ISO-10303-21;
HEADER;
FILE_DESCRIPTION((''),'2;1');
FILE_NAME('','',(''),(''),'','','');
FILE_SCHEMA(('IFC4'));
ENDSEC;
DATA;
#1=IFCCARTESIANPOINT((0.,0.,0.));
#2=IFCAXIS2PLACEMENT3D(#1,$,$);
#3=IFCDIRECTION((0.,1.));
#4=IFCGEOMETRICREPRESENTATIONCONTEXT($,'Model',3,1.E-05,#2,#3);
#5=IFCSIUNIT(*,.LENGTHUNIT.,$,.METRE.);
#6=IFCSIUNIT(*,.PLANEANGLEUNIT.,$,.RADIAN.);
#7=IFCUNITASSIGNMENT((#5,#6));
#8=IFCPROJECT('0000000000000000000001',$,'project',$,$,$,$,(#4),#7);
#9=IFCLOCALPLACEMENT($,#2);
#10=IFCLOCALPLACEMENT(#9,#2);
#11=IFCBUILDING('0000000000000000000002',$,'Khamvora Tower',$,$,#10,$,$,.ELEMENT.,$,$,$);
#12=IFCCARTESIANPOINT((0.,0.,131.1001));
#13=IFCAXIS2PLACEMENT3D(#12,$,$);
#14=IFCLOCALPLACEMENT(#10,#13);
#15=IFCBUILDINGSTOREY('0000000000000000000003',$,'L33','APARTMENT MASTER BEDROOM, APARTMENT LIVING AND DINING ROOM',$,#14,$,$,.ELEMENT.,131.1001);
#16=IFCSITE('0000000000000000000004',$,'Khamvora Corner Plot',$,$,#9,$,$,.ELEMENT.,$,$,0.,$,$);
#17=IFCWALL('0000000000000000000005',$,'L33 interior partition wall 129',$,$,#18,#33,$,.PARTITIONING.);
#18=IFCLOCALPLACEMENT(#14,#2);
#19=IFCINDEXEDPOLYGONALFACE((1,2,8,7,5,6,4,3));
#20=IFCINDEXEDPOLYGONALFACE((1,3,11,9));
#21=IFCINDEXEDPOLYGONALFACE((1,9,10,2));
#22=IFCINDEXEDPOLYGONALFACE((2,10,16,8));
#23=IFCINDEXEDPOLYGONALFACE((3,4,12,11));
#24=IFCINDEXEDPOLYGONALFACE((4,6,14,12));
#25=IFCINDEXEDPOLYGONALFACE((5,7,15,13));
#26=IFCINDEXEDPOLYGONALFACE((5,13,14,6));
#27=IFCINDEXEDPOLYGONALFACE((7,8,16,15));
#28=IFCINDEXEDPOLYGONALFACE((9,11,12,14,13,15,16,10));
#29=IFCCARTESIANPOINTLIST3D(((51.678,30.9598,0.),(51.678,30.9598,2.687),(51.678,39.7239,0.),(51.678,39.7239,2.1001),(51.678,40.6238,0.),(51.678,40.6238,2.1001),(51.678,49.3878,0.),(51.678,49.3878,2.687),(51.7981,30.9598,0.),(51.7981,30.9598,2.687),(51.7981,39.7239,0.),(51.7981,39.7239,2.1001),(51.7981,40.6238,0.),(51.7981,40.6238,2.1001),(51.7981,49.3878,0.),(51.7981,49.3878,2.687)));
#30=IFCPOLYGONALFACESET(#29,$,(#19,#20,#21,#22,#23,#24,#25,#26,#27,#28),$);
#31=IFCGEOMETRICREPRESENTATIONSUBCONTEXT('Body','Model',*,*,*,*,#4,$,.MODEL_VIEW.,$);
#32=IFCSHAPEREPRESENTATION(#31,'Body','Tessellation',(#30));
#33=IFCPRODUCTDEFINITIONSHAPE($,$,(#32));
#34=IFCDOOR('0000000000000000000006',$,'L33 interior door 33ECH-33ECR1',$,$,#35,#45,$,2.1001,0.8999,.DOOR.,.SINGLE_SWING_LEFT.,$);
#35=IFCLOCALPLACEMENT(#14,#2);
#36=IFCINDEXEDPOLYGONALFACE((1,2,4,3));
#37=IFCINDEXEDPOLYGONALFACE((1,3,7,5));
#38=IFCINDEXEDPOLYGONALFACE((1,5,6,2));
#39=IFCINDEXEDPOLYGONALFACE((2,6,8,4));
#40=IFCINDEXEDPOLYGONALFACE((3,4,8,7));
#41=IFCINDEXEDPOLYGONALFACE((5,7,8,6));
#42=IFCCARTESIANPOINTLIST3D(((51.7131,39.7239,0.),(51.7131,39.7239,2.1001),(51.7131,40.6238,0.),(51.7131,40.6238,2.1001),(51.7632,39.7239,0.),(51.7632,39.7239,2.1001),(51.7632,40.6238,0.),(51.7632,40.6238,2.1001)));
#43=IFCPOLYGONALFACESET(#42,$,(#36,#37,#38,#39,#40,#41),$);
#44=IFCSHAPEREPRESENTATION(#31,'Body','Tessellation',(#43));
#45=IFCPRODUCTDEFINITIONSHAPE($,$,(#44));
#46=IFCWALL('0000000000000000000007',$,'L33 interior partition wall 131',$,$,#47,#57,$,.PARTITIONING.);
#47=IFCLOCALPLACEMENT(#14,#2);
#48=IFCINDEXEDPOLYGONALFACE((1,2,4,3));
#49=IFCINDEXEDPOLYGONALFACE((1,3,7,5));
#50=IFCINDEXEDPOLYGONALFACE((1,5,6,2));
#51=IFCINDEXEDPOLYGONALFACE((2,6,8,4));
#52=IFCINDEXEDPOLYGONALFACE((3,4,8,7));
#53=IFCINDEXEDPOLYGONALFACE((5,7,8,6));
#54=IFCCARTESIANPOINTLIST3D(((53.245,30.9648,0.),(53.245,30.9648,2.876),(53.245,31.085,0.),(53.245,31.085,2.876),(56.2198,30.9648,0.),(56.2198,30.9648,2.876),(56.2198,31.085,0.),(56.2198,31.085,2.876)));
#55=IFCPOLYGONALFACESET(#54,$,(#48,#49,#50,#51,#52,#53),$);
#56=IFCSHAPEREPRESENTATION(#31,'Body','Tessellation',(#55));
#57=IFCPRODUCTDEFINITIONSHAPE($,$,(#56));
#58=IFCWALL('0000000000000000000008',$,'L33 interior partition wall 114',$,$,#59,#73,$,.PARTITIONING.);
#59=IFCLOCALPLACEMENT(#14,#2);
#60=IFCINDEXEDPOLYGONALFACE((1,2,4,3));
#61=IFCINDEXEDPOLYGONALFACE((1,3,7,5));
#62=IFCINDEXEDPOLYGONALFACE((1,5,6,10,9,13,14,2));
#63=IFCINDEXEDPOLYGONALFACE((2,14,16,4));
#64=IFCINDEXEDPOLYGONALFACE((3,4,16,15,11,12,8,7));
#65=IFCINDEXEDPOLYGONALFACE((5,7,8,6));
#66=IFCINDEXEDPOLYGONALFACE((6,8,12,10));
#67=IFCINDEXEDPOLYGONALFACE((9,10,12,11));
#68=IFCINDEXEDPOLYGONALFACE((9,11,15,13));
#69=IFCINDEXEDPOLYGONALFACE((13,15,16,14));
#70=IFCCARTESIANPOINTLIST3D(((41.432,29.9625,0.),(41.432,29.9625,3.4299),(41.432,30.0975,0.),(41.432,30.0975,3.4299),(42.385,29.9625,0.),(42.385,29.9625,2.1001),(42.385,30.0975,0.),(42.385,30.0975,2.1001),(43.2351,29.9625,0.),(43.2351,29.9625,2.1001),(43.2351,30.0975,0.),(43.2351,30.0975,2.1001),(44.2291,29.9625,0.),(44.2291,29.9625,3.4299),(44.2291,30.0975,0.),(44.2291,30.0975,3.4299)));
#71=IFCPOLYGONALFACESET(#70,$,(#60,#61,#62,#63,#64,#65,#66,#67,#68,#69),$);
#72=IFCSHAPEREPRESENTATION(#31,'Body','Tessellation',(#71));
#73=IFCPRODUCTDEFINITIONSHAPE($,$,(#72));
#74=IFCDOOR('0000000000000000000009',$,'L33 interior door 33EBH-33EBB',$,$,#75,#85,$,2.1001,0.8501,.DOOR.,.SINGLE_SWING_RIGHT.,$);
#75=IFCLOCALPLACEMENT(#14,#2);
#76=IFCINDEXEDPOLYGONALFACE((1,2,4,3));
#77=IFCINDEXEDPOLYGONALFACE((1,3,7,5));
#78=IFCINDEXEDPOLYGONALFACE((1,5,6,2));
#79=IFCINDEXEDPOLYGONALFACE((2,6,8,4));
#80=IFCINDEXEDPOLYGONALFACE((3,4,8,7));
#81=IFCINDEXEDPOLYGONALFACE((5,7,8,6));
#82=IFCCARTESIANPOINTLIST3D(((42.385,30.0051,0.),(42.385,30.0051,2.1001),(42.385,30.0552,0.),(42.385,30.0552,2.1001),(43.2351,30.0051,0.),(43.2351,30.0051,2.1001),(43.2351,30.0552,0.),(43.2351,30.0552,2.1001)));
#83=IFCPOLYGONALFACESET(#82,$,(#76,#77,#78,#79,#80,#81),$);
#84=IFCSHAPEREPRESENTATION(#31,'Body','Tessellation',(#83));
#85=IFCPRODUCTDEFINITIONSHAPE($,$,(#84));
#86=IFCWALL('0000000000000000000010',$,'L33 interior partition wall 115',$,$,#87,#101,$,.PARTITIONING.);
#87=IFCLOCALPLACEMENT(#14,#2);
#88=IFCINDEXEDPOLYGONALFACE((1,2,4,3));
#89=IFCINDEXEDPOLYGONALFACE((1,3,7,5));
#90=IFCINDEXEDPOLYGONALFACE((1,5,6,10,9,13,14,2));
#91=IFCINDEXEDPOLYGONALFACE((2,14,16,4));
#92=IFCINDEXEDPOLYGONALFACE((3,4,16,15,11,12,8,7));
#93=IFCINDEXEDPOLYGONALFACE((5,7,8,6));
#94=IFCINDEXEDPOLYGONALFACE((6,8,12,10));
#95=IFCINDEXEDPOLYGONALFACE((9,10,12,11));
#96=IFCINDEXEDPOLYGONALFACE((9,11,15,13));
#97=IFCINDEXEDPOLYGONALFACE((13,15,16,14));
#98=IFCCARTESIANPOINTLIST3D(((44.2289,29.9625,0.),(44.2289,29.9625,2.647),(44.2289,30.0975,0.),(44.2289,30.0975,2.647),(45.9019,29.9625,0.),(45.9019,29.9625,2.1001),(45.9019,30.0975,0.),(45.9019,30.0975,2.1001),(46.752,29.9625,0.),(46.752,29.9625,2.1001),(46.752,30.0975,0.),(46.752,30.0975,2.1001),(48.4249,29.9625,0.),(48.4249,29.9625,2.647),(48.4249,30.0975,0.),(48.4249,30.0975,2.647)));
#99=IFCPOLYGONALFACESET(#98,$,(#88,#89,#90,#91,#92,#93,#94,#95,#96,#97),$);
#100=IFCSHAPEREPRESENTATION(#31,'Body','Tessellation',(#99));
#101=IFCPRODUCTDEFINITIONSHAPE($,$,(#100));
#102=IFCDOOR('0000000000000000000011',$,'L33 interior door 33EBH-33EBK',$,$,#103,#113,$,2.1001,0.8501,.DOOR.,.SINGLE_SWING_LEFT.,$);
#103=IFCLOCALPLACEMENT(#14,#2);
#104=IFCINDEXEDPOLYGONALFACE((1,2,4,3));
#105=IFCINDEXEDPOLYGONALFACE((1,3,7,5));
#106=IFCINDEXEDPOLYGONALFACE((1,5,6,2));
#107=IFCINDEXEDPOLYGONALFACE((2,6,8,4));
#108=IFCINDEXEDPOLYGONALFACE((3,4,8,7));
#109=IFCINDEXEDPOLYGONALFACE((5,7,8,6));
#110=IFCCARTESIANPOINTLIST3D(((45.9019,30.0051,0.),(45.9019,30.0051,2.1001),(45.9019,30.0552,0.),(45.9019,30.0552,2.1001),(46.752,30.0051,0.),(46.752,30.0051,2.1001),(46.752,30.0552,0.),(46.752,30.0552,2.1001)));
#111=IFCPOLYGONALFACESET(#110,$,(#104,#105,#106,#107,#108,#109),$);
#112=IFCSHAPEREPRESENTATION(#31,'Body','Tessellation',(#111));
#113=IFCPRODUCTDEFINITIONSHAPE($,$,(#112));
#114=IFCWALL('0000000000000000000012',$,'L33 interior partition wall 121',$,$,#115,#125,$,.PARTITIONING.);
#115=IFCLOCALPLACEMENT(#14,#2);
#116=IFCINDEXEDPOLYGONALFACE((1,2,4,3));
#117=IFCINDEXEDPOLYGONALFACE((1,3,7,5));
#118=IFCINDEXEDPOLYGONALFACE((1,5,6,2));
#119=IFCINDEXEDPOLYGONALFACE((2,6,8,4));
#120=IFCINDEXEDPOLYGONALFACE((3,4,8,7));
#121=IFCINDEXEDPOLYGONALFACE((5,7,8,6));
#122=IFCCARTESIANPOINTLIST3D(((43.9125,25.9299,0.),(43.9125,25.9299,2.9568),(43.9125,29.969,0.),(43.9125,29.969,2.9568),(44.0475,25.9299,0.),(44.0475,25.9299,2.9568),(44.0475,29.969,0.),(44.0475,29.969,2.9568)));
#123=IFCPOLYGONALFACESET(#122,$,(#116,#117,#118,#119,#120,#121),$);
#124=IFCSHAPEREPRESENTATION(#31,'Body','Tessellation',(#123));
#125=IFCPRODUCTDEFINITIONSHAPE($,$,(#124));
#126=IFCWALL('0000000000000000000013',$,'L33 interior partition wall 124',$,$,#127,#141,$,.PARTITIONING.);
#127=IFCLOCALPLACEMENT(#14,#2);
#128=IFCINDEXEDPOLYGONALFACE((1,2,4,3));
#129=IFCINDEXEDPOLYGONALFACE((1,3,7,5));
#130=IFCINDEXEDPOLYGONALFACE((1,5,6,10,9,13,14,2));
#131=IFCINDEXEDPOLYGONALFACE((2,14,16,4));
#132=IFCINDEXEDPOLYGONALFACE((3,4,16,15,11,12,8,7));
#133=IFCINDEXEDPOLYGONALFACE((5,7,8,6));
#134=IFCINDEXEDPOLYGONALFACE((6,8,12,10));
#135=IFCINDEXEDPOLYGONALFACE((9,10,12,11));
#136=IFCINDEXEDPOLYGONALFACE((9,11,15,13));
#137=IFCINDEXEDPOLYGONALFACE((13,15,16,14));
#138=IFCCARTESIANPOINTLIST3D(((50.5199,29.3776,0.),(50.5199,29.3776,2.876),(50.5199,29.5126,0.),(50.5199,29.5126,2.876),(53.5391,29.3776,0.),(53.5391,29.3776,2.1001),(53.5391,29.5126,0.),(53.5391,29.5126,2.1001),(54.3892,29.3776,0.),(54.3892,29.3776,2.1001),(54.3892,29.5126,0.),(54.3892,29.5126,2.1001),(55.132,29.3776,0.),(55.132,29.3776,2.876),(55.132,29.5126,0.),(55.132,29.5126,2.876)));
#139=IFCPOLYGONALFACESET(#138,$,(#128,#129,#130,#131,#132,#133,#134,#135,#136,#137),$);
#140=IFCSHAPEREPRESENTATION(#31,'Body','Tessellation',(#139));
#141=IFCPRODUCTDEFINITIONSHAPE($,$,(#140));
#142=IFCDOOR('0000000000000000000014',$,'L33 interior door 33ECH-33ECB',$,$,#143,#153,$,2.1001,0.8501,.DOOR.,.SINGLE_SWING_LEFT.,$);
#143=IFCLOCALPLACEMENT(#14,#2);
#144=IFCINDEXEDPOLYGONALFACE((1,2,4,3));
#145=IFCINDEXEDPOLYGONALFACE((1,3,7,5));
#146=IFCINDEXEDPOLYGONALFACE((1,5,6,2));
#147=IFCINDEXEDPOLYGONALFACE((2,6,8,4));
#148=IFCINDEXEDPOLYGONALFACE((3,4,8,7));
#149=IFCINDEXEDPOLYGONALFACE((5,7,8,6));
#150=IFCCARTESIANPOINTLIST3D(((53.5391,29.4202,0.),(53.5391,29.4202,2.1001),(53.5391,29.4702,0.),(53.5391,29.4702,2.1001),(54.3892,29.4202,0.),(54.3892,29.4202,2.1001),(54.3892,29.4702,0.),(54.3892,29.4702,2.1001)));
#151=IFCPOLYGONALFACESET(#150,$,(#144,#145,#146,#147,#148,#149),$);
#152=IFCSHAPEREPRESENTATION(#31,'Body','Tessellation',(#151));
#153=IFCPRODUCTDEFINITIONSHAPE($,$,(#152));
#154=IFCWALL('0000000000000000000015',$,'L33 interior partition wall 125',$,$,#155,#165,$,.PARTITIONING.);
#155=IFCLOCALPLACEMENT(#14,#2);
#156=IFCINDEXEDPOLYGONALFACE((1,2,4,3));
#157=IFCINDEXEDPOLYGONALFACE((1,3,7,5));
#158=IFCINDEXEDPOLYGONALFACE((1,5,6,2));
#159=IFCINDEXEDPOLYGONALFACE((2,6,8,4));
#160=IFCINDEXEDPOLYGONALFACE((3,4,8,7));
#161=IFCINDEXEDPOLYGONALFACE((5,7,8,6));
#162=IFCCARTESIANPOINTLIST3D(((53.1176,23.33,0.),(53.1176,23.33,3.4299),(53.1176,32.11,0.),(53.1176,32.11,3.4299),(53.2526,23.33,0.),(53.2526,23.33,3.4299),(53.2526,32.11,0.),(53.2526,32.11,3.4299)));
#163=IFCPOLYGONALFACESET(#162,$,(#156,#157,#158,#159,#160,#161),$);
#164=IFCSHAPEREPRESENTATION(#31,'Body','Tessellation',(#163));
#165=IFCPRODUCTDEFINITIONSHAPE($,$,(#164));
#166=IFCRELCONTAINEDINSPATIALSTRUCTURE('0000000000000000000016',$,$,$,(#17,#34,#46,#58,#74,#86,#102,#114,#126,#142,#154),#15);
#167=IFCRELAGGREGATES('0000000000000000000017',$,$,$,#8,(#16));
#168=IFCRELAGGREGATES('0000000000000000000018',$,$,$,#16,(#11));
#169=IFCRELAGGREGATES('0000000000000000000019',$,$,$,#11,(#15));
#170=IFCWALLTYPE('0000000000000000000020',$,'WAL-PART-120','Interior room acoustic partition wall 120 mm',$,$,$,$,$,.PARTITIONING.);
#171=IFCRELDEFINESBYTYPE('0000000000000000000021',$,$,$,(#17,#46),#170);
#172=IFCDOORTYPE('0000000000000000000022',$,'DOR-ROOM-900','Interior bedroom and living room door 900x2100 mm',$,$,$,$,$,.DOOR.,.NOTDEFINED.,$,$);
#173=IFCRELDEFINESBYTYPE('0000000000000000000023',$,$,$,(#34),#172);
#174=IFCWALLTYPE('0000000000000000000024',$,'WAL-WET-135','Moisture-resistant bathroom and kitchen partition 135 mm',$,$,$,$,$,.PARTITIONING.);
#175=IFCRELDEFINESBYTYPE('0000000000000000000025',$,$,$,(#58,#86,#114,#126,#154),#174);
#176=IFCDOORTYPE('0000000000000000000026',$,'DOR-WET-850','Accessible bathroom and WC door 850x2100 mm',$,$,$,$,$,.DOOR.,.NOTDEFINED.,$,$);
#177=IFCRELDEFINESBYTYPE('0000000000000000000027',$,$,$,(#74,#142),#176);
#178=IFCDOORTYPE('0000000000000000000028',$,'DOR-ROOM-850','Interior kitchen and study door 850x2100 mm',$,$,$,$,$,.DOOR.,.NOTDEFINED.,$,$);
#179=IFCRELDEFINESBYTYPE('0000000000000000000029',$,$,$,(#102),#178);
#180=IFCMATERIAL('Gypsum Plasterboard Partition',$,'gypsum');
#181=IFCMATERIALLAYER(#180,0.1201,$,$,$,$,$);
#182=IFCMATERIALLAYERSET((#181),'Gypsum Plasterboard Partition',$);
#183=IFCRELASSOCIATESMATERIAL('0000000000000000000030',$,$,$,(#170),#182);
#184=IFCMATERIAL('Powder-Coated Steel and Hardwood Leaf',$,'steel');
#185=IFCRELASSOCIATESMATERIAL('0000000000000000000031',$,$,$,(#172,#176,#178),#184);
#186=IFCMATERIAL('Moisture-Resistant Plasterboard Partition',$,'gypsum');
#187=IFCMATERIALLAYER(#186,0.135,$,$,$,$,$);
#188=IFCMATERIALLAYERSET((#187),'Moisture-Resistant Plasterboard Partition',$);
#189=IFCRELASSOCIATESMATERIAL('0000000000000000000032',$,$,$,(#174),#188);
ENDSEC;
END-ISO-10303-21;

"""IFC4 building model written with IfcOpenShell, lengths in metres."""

from ifc_helpers import new_model, si_unit, direction, frame, frame_2d, origin, place, context, subcontext, project, spatial, rectangle, extrude, material, layer, layer_set, type_object, element, fill, save


model = new_model("IFC4")

# Units and contexts
model_context = context("Model", 3, precision=1e-05, world=origin(), true_north=direction((0.0, 1.0)))
body_context = subcontext(model_context, "Body", "Model", "MODEL_VIEW")
ifc_project = project(units=[si_unit("LENGTHUNIT", "METRE"), si_unit("PLANEANGLEUNIT", "RADIAN")], contexts=[model_context])

# Site, building, storey
site_placement = place(None, origin())
site = spatial("IfcSite", under=ifc_project, at=site_placement, Name="Khamvora Corner Plot", CompositionType="ELEMENT", RefElevation=0.0)
building_placement = place(site_placement, origin())
building = spatial("IfcBuilding", under=site, at=building_placement, Name="Khamvora Tower", CompositionType="ELEMENT")
storey_placement = place(building_placement, frame((0.0, 0.0, 131.1001)))
storey = spatial("IfcBuildingStorey", under=building, at=storey_placement, Name="L33", Description="APARTMENT MASTER BEDROOM, APARTMENT LIVING AND DINING ROOM", CompositionType="ELEMENT", Elevation=131.1001)

# Shared definitions
ifc_material_1 = material(Name="Gypsum Plasterboard Partition", Category="gypsum")
ifc_layer_1 = layer(ifc_material_1, 0.1201)
ifc_layer_set_1 = layer_set([ifc_layer_1], Name="Gypsum Plasterboard Partition")
wall_type_1 = type_object("IfcWallType", Name="WAL-PART-120", Description="Interior room acoustic partition wall 120 mm", PredefinedType="PARTITIONING", material=ifc_layer_set_1)

# Wall, opening, door
wall_1_placement = place(storey_placement, frame((51.738, 30.96, 0.0), z_axis=(0.0, 0.0, 1.0), x_axis=(0.0, 1.0, 0.0)))
wall_1 = element("IfcWall", 1, at=wall_1_placement, inside=storey, type_object=wall_type_1, Name="L33 interior partition wall 129", PredefinedType="PARTITIONING", context=body_context, shape_type="SweptSolid", body=[
    extrude(rectangle(XDim=18.428, YDim=0.1201, at=frame_2d((9.2139, 0.0))), origin(), (0.0, 0.0, 1.0), 2.687),
])
opening_1_placement = place(wall_1_placement, frame((8.7639, 0.0, 0.0)))
opening_1 = element("IfcOpeningElement", 2, at=opening_1_placement, cuts=wall_1, PredefinedType="OPENING", context=body_context, shape_type="SweptSolid", body=[
    extrude(rectangle(XDim=0.8999, YDim=2.1001, at=frame_2d((0.45, 1.05))), frame((0.0, 0.0701, 0.0), z_axis=(0.0, -1.0, 0.0), x_axis=(1.0, 0.0, 0.0)), (0.0, 0.0, 1.0), 0.1401),
])
ifc_material_2 = material(Name="Powder-Coated Steel and Hardwood Leaf", Category="steel")
door_type_1 = type_object("IfcDoorType", Name="DOR-ROOM-900", Description="Interior bedroom and living room door 900x2100 mm", OperationType="NOTDEFINED", PredefinedType="DOOR", material=ifc_material_2)
door_1_placement = place(opening_1_placement, origin())
door_1 = element("IfcDoor", 3, at=door_1_placement, inside=storey, type_object=door_type_1, Name="L33 interior door 33ECH-33ECR1", OperationType="SINGLE_SWING_LEFT", OverallHeight=2.1001, OverallWidth=0.8999, PredefinedType="DOOR", context=body_context, shape_type="SweptSolid", body=[
    extrude(rectangle(XDim=0.8999, YDim=2.1001, at=frame_2d((0.45, 1.05))), frame((0.0, 0.0249, 0.0), z_axis=(0.0, -1.0, 0.0), x_axis=(1.0, 0.0, 0.0)), (0.0, 0.0, 1.0), 0.05),
])
fill(opening_1, door_1)

# Wall
wall_2_placement = place(storey_placement, frame((53.2451, 31.0249, 0.0), z_axis=(0.0, 0.0, 1.0), x_axis=(1.0, 0.0, 0.0)))
element("IfcWall", 4, at=wall_2_placement, inside=storey, type_object=wall_type_1, Name="L33 interior partition wall 131", PredefinedType="PARTITIONING", context=body_context, shape_type="SweptSolid", body=[
    extrude(rectangle(XDim=2.9749, YDim=0.1201, at=frame_2d((1.4873, 0.0))), origin(), (0.0, 0.0, 1.0), 2.876),
])

# Walls, openings, doors
ifc_material_3 = material(Name="Moisture-Resistant Plasterboard Partition", Category="gypsum")
ifc_layer_2 = layer(ifc_material_3, 0.135)
ifc_layer_set_2 = layer_set([ifc_layer_2], Name="Moisture-Resistant Plasterboard Partition")
wall_type_2 = type_object("IfcWallType", Name="WAL-WET-135", Description="Moisture-resistant bathroom and kitchen partition 135 mm", PredefinedType="PARTITIONING", material=ifc_layer_set_2)
wall_3_placement = place(storey_placement, frame((44.229, 30.03, 0.0), z_axis=(0.0, 0.0, 1.0), x_axis=(-1.0, 0.0, 0.0)))
wall_3 = element("IfcWall", 5, at=wall_3_placement, inside=storey, type_object=wall_type_2, Name="L33 interior partition wall 114", PredefinedType="PARTITIONING", context=body_context, shape_type="SweptSolid", body=[
    extrude(rectangle(XDim=2.7971, YDim=0.135, at=frame_2d((1.3984, 0.0))), origin(), (0.0, 0.0, 1.0), 3.4299),
])
opening_2_placement = place(wall_3_placement, frame((0.9939, 0.0, 0.0)))
opening_2 = element("IfcOpeningElement", 6, at=opening_2_placement, cuts=wall_3, PredefinedType="OPENING", context=body_context, shape_type="SweptSolid", body=[
    extrude(rectangle(XDim=0.8501, YDim=2.1001, at=frame_2d((0.425, 1.05))), frame((0.0, 0.0774, 0.0), z_axis=(0.0, -1.0, 0.0), x_axis=(1.0, 0.0, 0.0)), (0.0, 0.0, 1.0), 0.155),
])
door_type_2 = type_object("IfcDoorType", Name="DOR-WET-850", Description="Accessible bathroom and WC door 850x2100 mm", OperationType="NOTDEFINED", PredefinedType="DOOR", material=ifc_material_2)
door_2_placement = place(opening_2_placement, origin())
door_2 = element("IfcDoor", 7, at=door_2_placement, inside=storey, type_object=door_type_2, Name="L33 interior door 33EBH-33EBB", OperationType="SINGLE_SWING_RIGHT", OverallHeight=2.1001, OverallWidth=0.8501, PredefinedType="DOOR", context=body_context, shape_type="SweptSolid", body=[
    extrude(rectangle(XDim=0.8501, YDim=2.1001, at=frame_2d((0.425, 1.05))), frame((0.0, 0.0249, 0.0), z_axis=(0.0, -1.0, 0.0), x_axis=(1.0, 0.0, 0.0)), (0.0, 0.0, 1.0), 0.05),
])
fill(opening_2, door_2)
wall_4_placement = place(storey_placement, frame((48.425, 30.03, 0.0), z_axis=(0.0, 0.0, 1.0), x_axis=(-1.0, 0.0, 0.0)))
wall_4 = element("IfcWall", 8, at=wall_4_placement, inside=storey, type_object=wall_type_2, Name="L33 interior partition wall 115", PredefinedType="PARTITIONING", context=body_context, shape_type="SweptSolid", body=[
    extrude(rectangle(XDim=4.196, YDim=0.135, at=frame_2d((2.0981, 0.0))), origin(), (0.0, 0.0, 1.0), 2.647),
])
opening_3_placement = place(wall_4_placement, frame((1.6731, 0.0, 0.0)))
opening_3 = element("IfcOpeningElement", 9, at=opening_3_placement, cuts=wall_4, PredefinedType="OPENING", context=body_context, shape_type="SweptSolid", body=[
    extrude(rectangle(XDim=0.8501, YDim=2.1001, at=frame_2d((0.425, 1.05))), frame((0.0, 0.0774, 0.0), z_axis=(0.0, -1.0, 0.0), x_axis=(1.0, 0.0, 0.0)), (0.0, 0.0, 1.0), 0.155),
])
door_type_3 = type_object("IfcDoorType", Name="DOR-ROOM-850", Description="Interior kitchen and study door 850x2100 mm", OperationType="NOTDEFINED", PredefinedType="DOOR", material=ifc_material_2)
door_3_placement = place(opening_3_placement, origin())
door_3 = element("IfcDoor", 10, at=door_3_placement, inside=storey, type_object=door_type_3, Name="L33 interior door 33EBH-33EBK", OperationType="SINGLE_SWING_LEFT", OverallHeight=2.1001, OverallWidth=0.8501, PredefinedType="DOOR", context=body_context, shape_type="SweptSolid", body=[
    extrude(rectangle(XDim=0.8501, YDim=2.1001, at=frame_2d((0.425, 1.05))), frame((0.0, 0.0249, 0.0), z_axis=(0.0, -1.0, 0.0), x_axis=(1.0, 0.0, 0.0)), (0.0, 0.0, 1.0), 0.05),
])
fill(opening_3, door_3)

# Wall
wall_5_placement = place(storey_placement, frame((43.98, 29.969, 0.0), z_axis=(0.0, 0.0, 1.0), x_axis=(0.0, -1.0, 0.0)))
element("IfcWall", 11, at=wall_5_placement, inside=storey, type_object=wall_type_2, Name="L33 interior partition wall 121", PredefinedType="PARTITIONING", context=body_context, shape_type="SweptSolid", body=[
    extrude(rectangle(XDim=4.0391, YDim=0.135, at=frame_2d((2.0195, 0.0))), origin(), (0.0, 0.0, 1.0), 2.9568),
])

# Wall, opening, door
wall_6_placement = place(storey_placement, frame((55.1321, 29.4451, 0.0), z_axis=(0.0, 0.0, 1.0), x_axis=(-1.0, 0.0, 0.0)))
wall_6 = element("IfcWall", 12, at=wall_6_placement, inside=storey, type_object=wall_type_2, Name="L33 interior partition wall 124", PredefinedType="PARTITIONING", context=body_context, shape_type="SweptSolid", body=[
    extrude(rectangle(XDim=4.6121, YDim=0.135, at=frame_2d((2.3062, 0.0))), origin(), (0.0, 0.0, 1.0), 2.876),
])
opening_4_placement = place(wall_6_placement, frame((0.7429, 0.0, 0.0)))
opening_4 = element("IfcOpeningElement", 13, at=opening_4_placement, cuts=wall_6, PredefinedType="OPENING", context=body_context, shape_type="SweptSolid", body=[
    extrude(rectangle(XDim=0.8501, YDim=2.1001, at=frame_2d((0.425, 1.05))), frame((0.0, 0.0774, 0.0), z_axis=(0.0, -1.0, 0.0), x_axis=(1.0, 0.0, 0.0)), (0.0, 0.0, 1.0), 0.155),
])
door_4_placement = place(opening_4_placement, origin())
door_4 = element("IfcDoor", 14, at=door_4_placement, inside=storey, type_object=door_type_2, Name="L33 interior door 33ECH-33ECB", OperationType="SINGLE_SWING_LEFT", OverallHeight=2.1001, OverallWidth=0.8501, PredefinedType="DOOR", context=body_context, shape_type="SweptSolid", body=[
    extrude(rectangle(XDim=0.8501, YDim=2.1001, at=frame_2d((0.425, 1.05))), frame((0.0, 0.0249, 0.0), z_axis=(0.0, -1.0, 0.0), x_axis=(1.0, 0.0, 0.0)), (0.0, 0.0, 1.0), 0.05),
])
fill(opening_4, door_4)

# Wall
wall_7_placement = place(storey_placement, frame((53.1851, 32.1101, 0.0), z_axis=(0.0, 0.0, 1.0), x_axis=(0.0, -1.0, 0.0)))
element("IfcWall", 15, at=wall_7_placement, inside=storey, type_object=wall_type_2, Name="L33 interior partition wall 125", PredefinedType="PARTITIONING", context=body_context, shape_type="SweptSolid", body=[
    extrude(rectangle(XDim=8.78, YDim=0.135, at=frame_2d((4.3901, 0.0))), origin(), (0.0, 0.0, 1.0), 3.4299),
])

save(model, "model.ifc")
